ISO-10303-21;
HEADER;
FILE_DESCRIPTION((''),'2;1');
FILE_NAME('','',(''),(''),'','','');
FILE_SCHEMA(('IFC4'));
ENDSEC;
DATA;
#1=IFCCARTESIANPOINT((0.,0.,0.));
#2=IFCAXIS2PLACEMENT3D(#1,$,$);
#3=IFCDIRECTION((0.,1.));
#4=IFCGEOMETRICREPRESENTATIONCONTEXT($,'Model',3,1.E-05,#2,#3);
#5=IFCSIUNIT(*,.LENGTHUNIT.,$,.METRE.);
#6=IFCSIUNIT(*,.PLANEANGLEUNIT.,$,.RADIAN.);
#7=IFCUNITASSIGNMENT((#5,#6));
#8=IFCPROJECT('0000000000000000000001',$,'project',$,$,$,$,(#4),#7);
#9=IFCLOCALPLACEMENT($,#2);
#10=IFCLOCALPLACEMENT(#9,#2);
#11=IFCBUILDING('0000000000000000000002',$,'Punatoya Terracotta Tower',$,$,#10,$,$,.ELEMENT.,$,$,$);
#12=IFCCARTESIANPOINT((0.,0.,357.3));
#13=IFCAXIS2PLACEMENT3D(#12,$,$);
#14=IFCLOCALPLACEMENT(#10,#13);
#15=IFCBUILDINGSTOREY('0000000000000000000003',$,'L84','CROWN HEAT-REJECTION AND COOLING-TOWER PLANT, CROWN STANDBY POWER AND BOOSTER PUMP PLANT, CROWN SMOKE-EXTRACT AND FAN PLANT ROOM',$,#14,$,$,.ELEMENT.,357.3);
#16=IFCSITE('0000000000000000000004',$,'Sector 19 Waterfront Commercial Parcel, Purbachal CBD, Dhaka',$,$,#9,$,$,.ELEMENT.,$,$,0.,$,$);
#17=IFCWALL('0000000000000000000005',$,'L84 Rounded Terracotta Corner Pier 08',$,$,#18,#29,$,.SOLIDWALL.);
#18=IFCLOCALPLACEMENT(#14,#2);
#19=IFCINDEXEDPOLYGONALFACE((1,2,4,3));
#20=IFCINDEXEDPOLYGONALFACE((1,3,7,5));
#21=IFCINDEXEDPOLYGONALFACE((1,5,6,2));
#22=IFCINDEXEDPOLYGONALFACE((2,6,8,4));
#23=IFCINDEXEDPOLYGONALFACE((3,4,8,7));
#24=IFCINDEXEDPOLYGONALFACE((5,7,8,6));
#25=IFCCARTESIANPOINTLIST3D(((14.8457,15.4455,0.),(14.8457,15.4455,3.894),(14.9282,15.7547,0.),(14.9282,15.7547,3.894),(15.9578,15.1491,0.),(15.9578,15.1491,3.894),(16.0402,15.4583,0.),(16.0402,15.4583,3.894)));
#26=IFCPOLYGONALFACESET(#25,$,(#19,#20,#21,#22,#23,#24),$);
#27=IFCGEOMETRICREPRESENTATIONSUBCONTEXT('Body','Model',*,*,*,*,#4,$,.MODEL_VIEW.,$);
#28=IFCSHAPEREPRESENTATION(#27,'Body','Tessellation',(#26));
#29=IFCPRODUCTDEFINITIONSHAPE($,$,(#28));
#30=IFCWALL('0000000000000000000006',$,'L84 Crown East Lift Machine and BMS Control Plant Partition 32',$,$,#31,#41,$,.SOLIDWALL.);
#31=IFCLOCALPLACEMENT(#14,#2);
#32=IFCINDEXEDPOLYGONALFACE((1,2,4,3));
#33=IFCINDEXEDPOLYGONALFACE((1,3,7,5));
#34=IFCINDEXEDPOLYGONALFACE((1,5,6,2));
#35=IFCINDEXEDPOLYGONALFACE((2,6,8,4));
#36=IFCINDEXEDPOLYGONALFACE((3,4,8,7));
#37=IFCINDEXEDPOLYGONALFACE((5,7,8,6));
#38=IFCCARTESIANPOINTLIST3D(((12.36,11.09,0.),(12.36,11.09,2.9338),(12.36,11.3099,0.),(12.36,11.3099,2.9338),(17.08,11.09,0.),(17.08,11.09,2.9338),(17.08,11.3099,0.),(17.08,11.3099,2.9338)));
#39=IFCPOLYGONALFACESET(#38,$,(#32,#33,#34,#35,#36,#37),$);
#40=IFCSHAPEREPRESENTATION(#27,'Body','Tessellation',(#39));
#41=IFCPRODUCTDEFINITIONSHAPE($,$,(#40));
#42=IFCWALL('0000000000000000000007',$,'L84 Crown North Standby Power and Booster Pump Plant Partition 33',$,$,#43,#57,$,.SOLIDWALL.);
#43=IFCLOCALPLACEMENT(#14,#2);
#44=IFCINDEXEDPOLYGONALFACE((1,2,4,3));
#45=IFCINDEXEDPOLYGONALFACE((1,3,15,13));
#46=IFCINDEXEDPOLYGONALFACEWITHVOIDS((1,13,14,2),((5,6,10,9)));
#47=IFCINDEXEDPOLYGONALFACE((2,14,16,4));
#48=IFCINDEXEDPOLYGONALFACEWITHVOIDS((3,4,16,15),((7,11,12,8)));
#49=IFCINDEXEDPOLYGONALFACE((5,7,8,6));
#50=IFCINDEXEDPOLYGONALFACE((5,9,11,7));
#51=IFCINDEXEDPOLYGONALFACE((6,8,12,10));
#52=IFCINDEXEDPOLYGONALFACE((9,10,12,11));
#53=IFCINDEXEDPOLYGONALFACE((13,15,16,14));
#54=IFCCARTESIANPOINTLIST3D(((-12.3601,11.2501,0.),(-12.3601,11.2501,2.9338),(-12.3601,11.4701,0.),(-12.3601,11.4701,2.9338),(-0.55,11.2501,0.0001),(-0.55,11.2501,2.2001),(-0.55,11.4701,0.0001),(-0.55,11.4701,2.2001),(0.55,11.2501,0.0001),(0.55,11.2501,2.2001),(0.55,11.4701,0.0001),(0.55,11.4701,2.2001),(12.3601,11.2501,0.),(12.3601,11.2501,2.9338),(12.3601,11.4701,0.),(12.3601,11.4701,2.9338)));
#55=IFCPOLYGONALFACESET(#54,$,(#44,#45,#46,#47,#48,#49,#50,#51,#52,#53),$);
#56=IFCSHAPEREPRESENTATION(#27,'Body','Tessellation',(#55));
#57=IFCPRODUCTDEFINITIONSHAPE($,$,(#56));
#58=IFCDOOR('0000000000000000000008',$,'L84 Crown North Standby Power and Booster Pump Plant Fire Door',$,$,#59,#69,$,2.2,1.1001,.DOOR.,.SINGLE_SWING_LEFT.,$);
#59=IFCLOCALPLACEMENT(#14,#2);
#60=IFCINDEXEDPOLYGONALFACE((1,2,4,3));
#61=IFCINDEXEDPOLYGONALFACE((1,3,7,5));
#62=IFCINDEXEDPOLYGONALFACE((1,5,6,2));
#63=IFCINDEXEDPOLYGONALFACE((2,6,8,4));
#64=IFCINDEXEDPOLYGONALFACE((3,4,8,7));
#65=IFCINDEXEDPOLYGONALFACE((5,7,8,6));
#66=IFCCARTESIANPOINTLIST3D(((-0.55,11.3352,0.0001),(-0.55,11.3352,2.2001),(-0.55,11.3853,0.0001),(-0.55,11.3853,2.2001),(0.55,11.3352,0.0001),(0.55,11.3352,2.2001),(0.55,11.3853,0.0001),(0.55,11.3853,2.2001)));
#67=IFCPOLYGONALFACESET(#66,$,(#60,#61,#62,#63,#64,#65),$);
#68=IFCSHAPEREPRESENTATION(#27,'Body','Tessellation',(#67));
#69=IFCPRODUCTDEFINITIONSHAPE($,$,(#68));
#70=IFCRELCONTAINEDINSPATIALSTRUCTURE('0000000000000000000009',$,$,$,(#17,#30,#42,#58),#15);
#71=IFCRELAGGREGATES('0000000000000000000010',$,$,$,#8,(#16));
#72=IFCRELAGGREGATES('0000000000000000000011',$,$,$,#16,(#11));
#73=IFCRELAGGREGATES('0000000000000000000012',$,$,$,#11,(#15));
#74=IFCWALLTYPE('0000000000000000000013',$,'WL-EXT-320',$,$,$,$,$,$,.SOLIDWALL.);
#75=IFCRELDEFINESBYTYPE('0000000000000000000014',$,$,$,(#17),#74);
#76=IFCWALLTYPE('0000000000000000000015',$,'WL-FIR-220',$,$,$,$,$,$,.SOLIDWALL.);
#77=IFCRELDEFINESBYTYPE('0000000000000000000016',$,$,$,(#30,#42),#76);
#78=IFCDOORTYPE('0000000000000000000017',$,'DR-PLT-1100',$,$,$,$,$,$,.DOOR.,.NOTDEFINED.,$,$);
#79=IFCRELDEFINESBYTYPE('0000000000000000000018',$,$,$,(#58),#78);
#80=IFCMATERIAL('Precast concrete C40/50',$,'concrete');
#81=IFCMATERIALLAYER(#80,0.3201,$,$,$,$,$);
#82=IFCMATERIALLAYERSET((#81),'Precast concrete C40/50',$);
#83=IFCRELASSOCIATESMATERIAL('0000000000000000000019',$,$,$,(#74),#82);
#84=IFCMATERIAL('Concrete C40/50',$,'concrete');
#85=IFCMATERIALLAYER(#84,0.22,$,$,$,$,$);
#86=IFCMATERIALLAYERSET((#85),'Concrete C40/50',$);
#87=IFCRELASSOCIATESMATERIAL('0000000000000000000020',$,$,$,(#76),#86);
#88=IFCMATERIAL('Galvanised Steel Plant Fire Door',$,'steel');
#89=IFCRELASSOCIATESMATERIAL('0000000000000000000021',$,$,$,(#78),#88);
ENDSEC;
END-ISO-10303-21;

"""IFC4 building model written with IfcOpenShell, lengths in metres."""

from ifc_helpers import new_model, si_unit, direction, frame, frame_2d, origin, place, context, subcontext, project, spatial, rectangle, extrude, material, layer, layer_set, type_object, element, fill, save


model = new_model("IFC4")

# Units and contexts
model_context = context("Model", 3, precision=1e-05, world=origin(), true_north=direction((0.0, 1.0)))
body_context = subcontext(model_context, "Body", "Model", "MODEL_VIEW")
ifc_project = project(units=[si_unit("LENGTHUNIT", "METRE"), si_unit("PLANEANGLEUNIT", "RADIAN")], contexts=[model_context])

# Site, building, storey
site_placement = place(None, origin())
site = spatial("IfcSite", under=ifc_project, at=site_placement, Name="Sector 19 Waterfront Commercial Parcel, Purbachal CBD, Dhaka", CompositionType="ELEMENT", RefElevation=0.0)
building_placement = place(site_placement, origin())
building = spatial("IfcBuilding", under=site, at=building_placement, Name="Punatoya Terracotta Tower", CompositionType="ELEMENT")
storey_placement = place(building_placement, frame((0.0, 0.0, 357.3)))
storey = spatial("IfcBuildingStorey", under=building, at=storey_placement, Name="L84", Description="CROWN HEAT-REJECTION AND COOLING-TOWER PLANT, CROWN STANDBY POWER AND BOOSTER PUMP PLANT, CROWN SMOKE-EXTRACT AND FAN PLANT ROOM", CompositionType="ELEMENT", Elevation=357.3)

# Walls
ifc_material_1 = material(Name="Precast concrete C40/50", Category="concrete")
ifc_layer_1 = layer(ifc_material_1, 0.3201)
ifc_layer_set_1 = layer_set([ifc_layer_1], Name="Precast concrete C40/50")
wall_type_1 = type_object("IfcWallType", Name="WL-EXT-320", PredefinedType="SOLIDWALL", material=ifc_layer_set_1)
wall_1_placement = place(storey_placement, frame((15.999, 15.3037, 0.0), z_axis=(0.0, 0.0, 1.0), x_axis=(-0.96627, 0.257531, 0.0)))
element("IfcWall", 1, at=wall_1_placement, inside=storey, type_object=wall_type_1, Name="L84 Rounded Terracotta Corner Pier 08", PredefinedType="SOLIDWALL", context=body_context, shape_type="SweptSolid", body=[
    extrude(rectangle(XDim=1.1509, YDim=0.3201, at=frame_2d((0.5754, 0.0))), origin(), (0.0, 0.0, 1.0), 3.894),
])
ifc_material_2 = material(Name="Concrete C40/50", Category="concrete")
ifc_layer_2 = layer(ifc_material_2, 0.22)
ifc_layer_set_2 = layer_set([ifc_layer_2], Name="Concrete C40/50")
wall_type_2 = type_object("IfcWallType", Name="WL-FIR-220", PredefinedType="SOLIDWALL", material=ifc_layer_set_2)
wall_2_placement = place(storey_placement, frame((12.3601, 11.2, 0.0), z_axis=(0.0, 0.0, 1.0), x_axis=(1.0, 0.0, 0.0)))
element("IfcWall", 2, at=wall_2_placement, inside=storey, type_object=wall_type_2, Name="L84 Crown East Lift Machine and BMS Control Plant Partition 32", PredefinedType="SOLIDWALL", context=body_context, shape_type="SweptSolid", body=[
    extrude(rectangle(XDim=4.72, YDim=0.22, at=frame_2d((2.3599, 0.0))), origin(), (0.0, 0.0, 1.0), 2.9338),
])

# Wall, opening, door
wall_3_placement = place(storey_placement, frame((12.3601, 11.3601, 0.0), z_axis=(0.0, 0.0, 1.0), x_axis=(-1.0, 0.0, 0.0)))
wall_3 = element("IfcWall", 3, at=wall_3_placement, inside=storey, type_object=wall_type_2, Name="L84 Crown North Standby Power and Booster Pump Plant Partition 33", PredefinedType="SOLIDWALL", context=body_context, shape_type="SweptSolid", body=[
    extrude(rectangle(XDim=24.7202, YDim=0.22, at=frame_2d((12.3601, 0.0))), origin(), (0.0, 0.0, 1.0), 2.9338),
])
opening_1_placement = place(wall_3_placement, frame((11.8101, 0.0, 0.0)))
opening_1 = element("IfcOpeningElement", 4, at=opening_1_placement, cuts=wall_3, PredefinedType="OPENING", context=body_context, shape_type="SweptSolid", body=[
    extrude(rectangle(XDim=1.1001, YDim=2.2, at=frame_2d((0.55, 1.1001))), frame((0.0, 0.1199, 0.0), z_axis=(0.0, -1.0, 0.0), x_axis=(1.0, 0.0, 0.0)), (0.0, 0.0, 1.0), 0.24),
])
ifc_material_3 = material(Name="Galvanised Steel Plant Fire Door", Category="steel")
door_type_1 = type_object("IfcDoorType", Name="DR-PLT-1100", OperationType="NOTDEFINED", PredefinedType="DOOR", material=ifc_material_3)
door_1_placement = place(opening_1_placement, origin())
door_1 = element("IfcDoor", 5, at=door_1_placement, inside=storey, type_object=door_type_1, Name="L84 Crown North Standby Power and Booster Pump Plant Fire Door", OperationType="SINGLE_SWING_LEFT", OverallHeight=2.2, OverallWidth=1.1001, PredefinedType="DOOR", context=body_context, shape_type="SweptSolid", body=[
    extrude(rectangle(XDim=1.1001, YDim=2.2, at=frame_2d((0.55, 1.1001))), frame((0.0, 0.0249, 0.0), z_axis=(0.0, -1.0, 0.0), x_axis=(1.0, 0.0, 0.0)), (0.0, 0.0, 1.0), 0.05),
])
fill(opening_1, door_1)

save(model, "model.ifc")
